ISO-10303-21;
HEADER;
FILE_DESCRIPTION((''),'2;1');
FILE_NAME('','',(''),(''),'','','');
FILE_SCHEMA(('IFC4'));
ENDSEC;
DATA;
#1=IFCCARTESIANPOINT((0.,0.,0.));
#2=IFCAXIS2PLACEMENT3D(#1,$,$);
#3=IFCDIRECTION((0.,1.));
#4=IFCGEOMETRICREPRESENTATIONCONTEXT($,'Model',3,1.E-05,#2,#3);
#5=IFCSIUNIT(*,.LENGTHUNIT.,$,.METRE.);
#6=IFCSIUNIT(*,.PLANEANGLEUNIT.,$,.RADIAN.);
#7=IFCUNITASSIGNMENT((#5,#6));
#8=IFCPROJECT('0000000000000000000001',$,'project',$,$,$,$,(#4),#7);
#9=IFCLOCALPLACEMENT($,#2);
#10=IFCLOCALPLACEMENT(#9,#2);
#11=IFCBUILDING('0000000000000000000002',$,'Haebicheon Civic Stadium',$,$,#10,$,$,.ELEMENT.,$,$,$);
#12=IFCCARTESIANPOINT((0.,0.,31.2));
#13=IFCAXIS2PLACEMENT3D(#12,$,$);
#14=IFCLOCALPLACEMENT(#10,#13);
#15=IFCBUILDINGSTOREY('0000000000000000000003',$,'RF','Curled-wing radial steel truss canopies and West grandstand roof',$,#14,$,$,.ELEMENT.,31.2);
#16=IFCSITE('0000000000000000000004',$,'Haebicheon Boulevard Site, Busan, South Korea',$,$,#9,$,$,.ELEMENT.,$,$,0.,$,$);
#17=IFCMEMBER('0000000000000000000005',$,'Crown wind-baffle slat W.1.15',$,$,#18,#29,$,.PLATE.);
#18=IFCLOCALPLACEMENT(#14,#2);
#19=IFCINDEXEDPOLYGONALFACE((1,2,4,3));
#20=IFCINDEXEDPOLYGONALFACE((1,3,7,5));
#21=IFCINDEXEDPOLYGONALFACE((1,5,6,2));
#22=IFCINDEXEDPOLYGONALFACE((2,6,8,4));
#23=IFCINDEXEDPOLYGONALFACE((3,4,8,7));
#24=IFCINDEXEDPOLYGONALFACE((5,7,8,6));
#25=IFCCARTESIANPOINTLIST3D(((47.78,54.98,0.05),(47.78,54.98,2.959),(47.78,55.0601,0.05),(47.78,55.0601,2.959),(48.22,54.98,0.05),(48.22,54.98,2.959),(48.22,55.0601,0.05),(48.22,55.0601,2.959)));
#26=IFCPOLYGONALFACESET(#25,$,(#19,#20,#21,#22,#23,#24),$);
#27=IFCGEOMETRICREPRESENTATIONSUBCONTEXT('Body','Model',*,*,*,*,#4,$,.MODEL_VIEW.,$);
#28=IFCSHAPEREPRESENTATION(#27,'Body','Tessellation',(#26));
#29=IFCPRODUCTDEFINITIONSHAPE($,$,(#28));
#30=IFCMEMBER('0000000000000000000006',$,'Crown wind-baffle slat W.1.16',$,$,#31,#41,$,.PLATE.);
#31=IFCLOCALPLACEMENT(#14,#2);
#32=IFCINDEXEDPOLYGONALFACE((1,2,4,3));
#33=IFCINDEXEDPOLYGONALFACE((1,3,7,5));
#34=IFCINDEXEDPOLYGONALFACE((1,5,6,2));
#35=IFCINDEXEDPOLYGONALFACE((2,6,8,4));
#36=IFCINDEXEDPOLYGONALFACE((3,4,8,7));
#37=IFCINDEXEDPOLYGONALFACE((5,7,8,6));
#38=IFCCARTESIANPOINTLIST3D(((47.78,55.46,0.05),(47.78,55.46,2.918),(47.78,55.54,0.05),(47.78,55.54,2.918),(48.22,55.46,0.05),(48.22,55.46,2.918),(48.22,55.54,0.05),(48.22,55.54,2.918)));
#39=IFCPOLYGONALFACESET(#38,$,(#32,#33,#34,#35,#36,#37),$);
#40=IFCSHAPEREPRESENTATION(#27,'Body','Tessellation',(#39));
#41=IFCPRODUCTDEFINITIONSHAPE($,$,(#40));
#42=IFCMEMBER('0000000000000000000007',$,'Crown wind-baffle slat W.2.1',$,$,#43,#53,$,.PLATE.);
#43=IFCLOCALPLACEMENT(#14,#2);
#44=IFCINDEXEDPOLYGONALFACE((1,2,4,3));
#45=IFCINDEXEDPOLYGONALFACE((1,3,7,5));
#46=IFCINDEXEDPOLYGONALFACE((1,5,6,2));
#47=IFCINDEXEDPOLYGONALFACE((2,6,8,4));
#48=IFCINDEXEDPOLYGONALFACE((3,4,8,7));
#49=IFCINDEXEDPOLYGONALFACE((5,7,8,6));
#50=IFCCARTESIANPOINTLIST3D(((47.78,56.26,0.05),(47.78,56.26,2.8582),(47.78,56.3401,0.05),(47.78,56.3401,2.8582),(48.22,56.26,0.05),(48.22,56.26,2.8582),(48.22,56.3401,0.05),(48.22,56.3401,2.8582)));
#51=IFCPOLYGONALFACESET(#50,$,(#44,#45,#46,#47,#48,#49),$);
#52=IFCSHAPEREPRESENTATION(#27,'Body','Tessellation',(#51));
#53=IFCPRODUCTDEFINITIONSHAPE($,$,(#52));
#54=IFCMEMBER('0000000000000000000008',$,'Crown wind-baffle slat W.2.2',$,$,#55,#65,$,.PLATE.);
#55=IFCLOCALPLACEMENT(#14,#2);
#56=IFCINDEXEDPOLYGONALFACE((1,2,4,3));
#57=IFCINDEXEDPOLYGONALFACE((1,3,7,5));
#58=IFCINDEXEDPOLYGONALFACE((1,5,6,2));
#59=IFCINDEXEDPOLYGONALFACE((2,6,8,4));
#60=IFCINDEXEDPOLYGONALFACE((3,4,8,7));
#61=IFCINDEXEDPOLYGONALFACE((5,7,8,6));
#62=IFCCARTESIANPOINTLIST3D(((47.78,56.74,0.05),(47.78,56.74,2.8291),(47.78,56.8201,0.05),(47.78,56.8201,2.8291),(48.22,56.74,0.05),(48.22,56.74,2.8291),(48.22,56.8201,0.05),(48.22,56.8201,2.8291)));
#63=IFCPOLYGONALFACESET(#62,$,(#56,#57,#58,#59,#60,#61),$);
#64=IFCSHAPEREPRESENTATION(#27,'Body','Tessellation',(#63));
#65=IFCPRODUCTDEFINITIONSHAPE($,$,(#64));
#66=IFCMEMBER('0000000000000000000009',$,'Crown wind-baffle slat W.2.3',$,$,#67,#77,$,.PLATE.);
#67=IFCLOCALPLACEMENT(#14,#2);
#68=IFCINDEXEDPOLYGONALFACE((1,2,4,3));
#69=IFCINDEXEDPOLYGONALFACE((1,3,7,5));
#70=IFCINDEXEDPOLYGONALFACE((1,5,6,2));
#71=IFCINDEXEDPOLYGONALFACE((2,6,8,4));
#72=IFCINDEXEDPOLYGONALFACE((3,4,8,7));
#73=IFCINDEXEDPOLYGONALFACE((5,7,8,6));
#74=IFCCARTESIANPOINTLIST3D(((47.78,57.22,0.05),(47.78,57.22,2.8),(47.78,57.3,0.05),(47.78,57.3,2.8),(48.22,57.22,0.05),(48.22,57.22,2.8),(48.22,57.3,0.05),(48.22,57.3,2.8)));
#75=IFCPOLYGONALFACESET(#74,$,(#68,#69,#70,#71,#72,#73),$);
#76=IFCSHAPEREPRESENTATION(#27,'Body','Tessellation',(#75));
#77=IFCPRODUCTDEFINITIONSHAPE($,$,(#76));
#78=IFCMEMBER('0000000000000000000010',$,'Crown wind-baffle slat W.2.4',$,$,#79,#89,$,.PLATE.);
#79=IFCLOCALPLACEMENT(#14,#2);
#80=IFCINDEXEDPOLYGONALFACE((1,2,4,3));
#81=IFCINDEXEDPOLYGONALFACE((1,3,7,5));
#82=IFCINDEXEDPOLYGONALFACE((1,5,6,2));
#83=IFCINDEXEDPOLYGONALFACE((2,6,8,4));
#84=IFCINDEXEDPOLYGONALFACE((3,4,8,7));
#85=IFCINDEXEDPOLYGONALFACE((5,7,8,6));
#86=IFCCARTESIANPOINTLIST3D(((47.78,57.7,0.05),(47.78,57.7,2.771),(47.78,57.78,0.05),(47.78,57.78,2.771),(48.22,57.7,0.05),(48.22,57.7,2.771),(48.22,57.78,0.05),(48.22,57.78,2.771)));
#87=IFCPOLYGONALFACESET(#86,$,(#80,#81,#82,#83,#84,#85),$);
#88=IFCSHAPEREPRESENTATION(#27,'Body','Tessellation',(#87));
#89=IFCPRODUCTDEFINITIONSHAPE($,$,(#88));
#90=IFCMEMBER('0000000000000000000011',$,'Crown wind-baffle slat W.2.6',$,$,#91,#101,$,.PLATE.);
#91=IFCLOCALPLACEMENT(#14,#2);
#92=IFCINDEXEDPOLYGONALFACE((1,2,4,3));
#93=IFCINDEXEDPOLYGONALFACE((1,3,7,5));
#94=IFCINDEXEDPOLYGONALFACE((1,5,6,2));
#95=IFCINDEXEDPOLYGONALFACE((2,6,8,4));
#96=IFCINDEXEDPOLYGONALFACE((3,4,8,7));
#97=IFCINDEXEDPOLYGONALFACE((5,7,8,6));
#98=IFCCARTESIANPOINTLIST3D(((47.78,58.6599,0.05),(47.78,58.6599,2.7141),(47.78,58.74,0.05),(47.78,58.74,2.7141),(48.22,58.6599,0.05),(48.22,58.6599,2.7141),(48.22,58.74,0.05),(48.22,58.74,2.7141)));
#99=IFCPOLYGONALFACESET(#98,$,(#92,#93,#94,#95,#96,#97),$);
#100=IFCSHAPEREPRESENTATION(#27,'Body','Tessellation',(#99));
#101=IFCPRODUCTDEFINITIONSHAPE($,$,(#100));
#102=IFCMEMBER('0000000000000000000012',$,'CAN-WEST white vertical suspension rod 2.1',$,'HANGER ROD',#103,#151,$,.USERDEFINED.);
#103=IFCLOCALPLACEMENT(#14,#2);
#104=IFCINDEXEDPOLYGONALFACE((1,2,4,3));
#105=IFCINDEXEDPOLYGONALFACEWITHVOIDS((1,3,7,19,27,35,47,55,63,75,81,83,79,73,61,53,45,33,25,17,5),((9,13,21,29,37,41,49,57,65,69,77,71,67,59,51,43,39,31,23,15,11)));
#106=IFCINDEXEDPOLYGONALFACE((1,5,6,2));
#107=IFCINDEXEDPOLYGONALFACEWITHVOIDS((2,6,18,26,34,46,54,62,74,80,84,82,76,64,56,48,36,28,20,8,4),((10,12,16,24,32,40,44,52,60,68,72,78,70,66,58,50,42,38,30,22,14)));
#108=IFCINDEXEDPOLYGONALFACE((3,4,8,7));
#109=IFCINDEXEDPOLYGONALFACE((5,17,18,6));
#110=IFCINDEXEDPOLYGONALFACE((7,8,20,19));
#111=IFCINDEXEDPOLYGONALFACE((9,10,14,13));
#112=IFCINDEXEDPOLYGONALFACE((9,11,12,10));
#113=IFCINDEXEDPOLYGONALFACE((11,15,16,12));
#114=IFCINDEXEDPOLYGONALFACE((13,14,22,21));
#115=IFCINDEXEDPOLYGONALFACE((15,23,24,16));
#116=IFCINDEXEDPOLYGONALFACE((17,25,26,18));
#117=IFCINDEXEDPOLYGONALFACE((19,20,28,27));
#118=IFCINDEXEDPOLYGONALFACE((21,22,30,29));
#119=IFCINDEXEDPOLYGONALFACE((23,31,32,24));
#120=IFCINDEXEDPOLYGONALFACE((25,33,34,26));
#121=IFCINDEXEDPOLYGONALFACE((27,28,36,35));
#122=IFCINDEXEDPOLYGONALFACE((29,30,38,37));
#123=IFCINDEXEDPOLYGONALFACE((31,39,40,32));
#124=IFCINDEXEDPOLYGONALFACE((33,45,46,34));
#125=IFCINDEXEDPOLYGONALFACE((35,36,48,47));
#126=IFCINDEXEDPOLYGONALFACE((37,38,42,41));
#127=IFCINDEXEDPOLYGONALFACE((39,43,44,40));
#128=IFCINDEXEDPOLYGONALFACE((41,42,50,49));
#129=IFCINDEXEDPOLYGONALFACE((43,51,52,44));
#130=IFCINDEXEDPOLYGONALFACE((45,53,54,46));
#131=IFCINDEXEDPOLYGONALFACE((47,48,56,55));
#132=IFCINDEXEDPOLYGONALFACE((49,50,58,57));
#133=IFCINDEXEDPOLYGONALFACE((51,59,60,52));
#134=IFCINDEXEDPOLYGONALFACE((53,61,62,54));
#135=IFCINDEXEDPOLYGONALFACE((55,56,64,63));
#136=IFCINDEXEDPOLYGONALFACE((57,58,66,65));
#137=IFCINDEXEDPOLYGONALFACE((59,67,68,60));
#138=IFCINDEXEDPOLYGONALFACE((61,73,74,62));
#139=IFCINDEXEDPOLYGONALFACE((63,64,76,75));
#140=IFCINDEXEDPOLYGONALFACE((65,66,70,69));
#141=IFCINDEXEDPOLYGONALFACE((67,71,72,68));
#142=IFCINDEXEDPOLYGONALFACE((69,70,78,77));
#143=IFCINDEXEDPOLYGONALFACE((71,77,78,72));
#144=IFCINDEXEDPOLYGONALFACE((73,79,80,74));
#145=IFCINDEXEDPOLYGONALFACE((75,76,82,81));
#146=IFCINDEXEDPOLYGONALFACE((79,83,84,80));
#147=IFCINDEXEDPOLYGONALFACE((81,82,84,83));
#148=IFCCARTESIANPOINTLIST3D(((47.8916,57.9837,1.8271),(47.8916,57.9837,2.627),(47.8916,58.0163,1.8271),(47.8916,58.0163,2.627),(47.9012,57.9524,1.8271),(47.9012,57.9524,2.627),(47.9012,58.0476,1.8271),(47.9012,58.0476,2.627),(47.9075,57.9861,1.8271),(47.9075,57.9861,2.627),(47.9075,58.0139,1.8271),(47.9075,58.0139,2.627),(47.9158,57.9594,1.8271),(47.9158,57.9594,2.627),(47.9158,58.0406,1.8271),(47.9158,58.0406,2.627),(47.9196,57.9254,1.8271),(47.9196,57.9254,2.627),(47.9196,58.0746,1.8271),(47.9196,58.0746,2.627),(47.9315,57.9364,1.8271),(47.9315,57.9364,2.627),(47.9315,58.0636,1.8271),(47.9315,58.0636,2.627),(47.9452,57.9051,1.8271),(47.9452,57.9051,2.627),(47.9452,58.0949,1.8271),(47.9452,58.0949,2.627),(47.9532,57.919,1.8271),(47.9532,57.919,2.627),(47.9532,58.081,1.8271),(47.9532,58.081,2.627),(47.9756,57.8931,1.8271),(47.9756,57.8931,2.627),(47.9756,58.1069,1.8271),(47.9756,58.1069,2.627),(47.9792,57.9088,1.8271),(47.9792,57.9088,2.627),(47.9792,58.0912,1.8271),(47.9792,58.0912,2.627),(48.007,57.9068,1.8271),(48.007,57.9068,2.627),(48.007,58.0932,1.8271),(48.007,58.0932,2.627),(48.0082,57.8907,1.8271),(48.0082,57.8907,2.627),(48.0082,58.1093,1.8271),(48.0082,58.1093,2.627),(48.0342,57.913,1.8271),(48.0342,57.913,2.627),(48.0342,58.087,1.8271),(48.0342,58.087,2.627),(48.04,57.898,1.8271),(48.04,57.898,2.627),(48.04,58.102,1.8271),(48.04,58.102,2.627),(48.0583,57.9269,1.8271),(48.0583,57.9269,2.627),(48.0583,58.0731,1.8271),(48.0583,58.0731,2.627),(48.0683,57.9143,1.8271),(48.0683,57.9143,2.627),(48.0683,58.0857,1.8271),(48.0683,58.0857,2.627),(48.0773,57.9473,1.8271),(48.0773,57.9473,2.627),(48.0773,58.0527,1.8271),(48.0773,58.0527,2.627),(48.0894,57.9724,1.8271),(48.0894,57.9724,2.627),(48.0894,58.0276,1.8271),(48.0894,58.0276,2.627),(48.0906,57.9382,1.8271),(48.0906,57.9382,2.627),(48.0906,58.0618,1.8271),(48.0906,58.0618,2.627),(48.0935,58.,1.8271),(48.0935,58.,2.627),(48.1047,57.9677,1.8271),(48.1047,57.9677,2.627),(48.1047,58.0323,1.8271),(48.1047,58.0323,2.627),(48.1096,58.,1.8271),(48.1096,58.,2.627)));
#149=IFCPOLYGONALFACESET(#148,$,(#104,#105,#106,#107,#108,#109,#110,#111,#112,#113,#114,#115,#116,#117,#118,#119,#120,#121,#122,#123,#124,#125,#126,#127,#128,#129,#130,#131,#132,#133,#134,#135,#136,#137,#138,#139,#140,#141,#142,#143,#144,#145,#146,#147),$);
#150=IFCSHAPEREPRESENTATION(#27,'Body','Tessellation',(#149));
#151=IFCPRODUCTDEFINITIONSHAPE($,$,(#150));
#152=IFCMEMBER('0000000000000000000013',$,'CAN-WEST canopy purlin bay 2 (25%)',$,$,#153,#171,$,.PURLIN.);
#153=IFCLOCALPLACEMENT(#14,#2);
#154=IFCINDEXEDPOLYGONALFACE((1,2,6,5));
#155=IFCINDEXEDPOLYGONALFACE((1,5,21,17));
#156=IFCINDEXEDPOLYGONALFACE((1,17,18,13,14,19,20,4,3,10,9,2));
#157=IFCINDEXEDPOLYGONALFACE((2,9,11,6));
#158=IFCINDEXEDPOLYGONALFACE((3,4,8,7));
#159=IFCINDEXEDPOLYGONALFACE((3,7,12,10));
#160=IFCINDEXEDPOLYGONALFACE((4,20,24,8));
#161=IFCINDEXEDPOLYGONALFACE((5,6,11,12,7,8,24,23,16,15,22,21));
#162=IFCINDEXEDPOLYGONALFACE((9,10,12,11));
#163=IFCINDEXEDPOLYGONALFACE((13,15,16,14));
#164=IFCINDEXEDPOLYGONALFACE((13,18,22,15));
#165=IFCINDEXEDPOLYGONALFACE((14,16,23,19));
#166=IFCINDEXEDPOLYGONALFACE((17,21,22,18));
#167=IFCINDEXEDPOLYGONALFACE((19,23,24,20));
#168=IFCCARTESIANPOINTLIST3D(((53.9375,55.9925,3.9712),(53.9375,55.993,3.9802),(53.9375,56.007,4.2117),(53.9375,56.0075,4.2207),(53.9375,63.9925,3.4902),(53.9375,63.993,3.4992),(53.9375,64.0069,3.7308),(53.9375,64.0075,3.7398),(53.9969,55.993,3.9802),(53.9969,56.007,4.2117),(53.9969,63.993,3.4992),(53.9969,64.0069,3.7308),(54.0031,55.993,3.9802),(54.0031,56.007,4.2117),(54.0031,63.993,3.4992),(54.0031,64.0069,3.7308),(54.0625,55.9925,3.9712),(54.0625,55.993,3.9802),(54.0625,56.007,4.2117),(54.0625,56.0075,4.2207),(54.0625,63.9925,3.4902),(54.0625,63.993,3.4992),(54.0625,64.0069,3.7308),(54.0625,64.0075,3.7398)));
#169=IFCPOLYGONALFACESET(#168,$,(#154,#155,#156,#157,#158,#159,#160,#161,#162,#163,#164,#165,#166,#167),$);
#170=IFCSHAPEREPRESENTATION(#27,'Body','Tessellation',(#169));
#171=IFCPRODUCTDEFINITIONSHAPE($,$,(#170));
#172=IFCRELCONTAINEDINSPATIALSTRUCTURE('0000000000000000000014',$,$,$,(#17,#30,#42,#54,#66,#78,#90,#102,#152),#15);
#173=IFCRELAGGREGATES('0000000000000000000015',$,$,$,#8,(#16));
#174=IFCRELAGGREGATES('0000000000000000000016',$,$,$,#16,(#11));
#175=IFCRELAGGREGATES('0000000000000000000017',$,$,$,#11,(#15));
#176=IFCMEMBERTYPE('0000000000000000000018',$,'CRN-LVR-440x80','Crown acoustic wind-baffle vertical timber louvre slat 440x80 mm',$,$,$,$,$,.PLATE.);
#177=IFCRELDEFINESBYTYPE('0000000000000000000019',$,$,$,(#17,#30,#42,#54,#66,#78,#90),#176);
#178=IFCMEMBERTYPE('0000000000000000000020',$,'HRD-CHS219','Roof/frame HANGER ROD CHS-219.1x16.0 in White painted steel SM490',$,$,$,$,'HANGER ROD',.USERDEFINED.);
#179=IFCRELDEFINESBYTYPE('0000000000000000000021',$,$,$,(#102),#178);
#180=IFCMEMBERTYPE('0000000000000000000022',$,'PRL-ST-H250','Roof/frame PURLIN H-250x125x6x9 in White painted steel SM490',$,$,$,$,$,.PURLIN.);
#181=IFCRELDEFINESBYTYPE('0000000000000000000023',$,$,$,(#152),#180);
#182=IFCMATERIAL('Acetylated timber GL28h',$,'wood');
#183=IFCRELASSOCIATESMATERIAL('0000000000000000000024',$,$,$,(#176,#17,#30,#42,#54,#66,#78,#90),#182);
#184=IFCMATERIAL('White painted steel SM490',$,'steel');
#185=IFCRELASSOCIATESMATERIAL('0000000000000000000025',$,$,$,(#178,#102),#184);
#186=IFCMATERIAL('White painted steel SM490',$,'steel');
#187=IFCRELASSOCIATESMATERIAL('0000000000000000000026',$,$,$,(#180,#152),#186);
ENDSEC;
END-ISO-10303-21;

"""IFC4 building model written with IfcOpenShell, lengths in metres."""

from ifc_helpers import new_model, si_unit, direction, frame, origin, origin_2d, place, context, subcontext, project, spatial, rectangle, hollow_circle, i_section, extrude, material, material_profile, profile_set, type_object, element, save


model = new_model("IFC4")

# Units and contexts
model_context = context("Model", 3, precision=1e-05, world=origin(), true_north=direction((0.0, 1.0)))
body_context = subcontext(model_context, "Body", "Model", "MODEL_VIEW")
ifc_project = project(units=[si_unit("LENGTHUNIT", "METRE"), si_unit("PLANEANGLEUNIT", "RADIAN")], contexts=[model_context])

# Site, building, storey
site_placement = place(None, origin())
site = spatial("IfcSite", under=ifc_project, at=site_placement, Name="Haebicheon Boulevard Site, Busan, South Korea", CompositionType="ELEMENT", RefElevation=0.0)
building_placement = place(site_placement, origin())
building = spatial("IfcBuilding", under=site, at=building_placement, Name="Haebicheon Civic Stadium", CompositionType="ELEMENT")
storey_placement = place(building_placement, frame((0.0, 0.0, 31.2)))
storey = spatial("IfcBuildingStorey", under=building, at=storey_placement, Name="RF", Description="Curled-wing radial steel truss canopies and West grandstand roof", CompositionType="ELEMENT", Elevation=31.2)

# Members
ifc_material_1 = material(Name="Acetylated timber GL28h", Category="wood")
ifc_material_profile_1 = material_profile(ifc_material_1, rectangle(XDim=0.0801, YDim=0.4399, at=origin_2d()), Name="TMB-LOUV-80x440")
ifc_profile_set_1 = profile_set([ifc_material_profile_1], Name="Acetylated timber GL28h")
member_type_1 = type_object("IfcMemberType", Name="CRN-LVR-440x80", Description="Crown acoustic wind-baffle vertical timber louvre slat 440x80 mm", PredefinedType="PLATE", material=ifc_profile_set_1)
member_1_placement = place(storey_placement, frame((48.0, 55.02, 0.05), z_axis=(0.0, 0.0, 1.0), x_axis=(0.0, 1.0, 0.0)))
element("IfcMember", 1, at=member_1_placement, inside=storey, type_object=member_type_1, material=ifc_profile_set_1, Name="Crown wind-baffle slat W.1.15", PredefinedType="PLATE", context=body_context, shape_type="SweptSolid", body=[
    extrude(rectangle(XDim=0.0801, YDim=0.4399, at=origin_2d()), origin(), (0.0, 0.0, 1.0), 2.9089),
])
member_2_placement = place(storey_placement, frame((48.0, 55.5, 0.05), z_axis=(0.0, 0.0, 1.0), x_axis=(0.0, 1.0, 0.0)))
element("IfcMember", 2, at=member_2_placement, inside=storey, type_object=member_type_1, material=ifc_profile_set_1, Name="Crown wind-baffle slat W.1.16", PredefinedType="PLATE", context=body_context, shape_type="SweptSolid", body=[
    extrude(rectangle(XDim=0.0801, YDim=0.4399, at=origin_2d()), origin(), (0.0, 0.0, 1.0), 2.8679),
])
member_3_placement = place(storey_placement, frame((48.0, 56.3, 0.05), z_axis=(0.0, 0.0, 1.0), x_axis=(0.0, 1.0, 0.0)))
element("IfcMember", 3, at=member_3_placement, inside=storey, type_object=member_type_1, material=ifc_profile_set_1, Name="Crown wind-baffle slat W.2.1", PredefinedType="PLATE", context=body_context, shape_type="SweptSolid", body=[
    extrude(rectangle(XDim=0.0801, YDim=0.4399, at=origin_2d()), origin(), (0.0, 0.0, 1.0), 2.8081),
])
member_4_placement = place(storey_placement, frame((48.0, 56.78, 0.05), z_axis=(0.0, 0.0, 1.0), x_axis=(0.0, 1.0, 0.0)))
element("IfcMember", 4, at=member_4_placement, inside=storey, type_object=member_type_1, material=ifc_profile_set_1, Name="Crown wind-baffle slat W.2.2", PredefinedType="PLATE", context=body_context, shape_type="SweptSolid", body=[
    extrude(rectangle(XDim=0.0801, YDim=0.4399, at=origin_2d()), origin(), (0.0, 0.0, 1.0), 2.7791),
])
member_5_placement = place(storey_placement, frame((48.0, 57.26, 0.05), z_axis=(0.0, 0.0, 1.0), x_axis=(0.0, 1.0, 0.0)))
element("IfcMember", 5, at=member_5_placement, inside=storey, type_object=member_type_1, material=ifc_profile_set_1, Name="Crown wind-baffle slat W.2.3", PredefinedType="PLATE", context=body_context, shape_type="SweptSolid", body=[
    extrude(rectangle(XDim=0.0801, YDim=0.4399, at=origin_2d()), origin(), (0.0, 0.0, 1.0), 2.75),
])
member_6_placement = place(storey_placement, frame((48.0, 57.74, 0.05), z_axis=(0.0, 0.0, 1.0), x_axis=(0.0, 1.0, 0.0)))
element("IfcMember", 6, at=member_6_placement, inside=storey, type_object=member_type_1, material=ifc_profile_set_1, Name="Crown wind-baffle slat W.2.4", PredefinedType="PLATE", context=body_context, shape_type="SweptSolid", body=[
    extrude(rectangle(XDim=0.0801, YDim=0.4399, at=origin_2d()), origin(), (0.0, 0.0, 1.0), 2.7209),
])
member_7_placement = place(storey_placement, frame((48.0, 58.7, 0.05), z_axis=(0.0, 0.0, 1.0), x_axis=(0.0, 1.0, 0.0)))
element("IfcMember", 7, at=member_7_placement, inside=storey, type_object=member_type_1, material=ifc_profile_set_1, Name="Crown wind-baffle slat W.2.6", PredefinedType="PLATE", context=body_context, shape_type="SweptSolid", body=[
    extrude(rectangle(XDim=0.0801, YDim=0.4399, at=origin_2d()), origin(), (0.0, 0.0, 1.0), 2.6641),
])
ifc_material_2 = material(Name="White painted steel SM490", Category="steel")
ifc_material_profile_2 = material_profile(ifc_material_2, hollow_circle(Radius=0.1096, WallThickness=0.0161, at=origin_2d()), Name="CHS-219.1x16.0")
ifc_profile_set_2 = profile_set([ifc_material_profile_2], Name="White painted steel SM490")
member_type_2 = type_object("IfcMemberType", Name="HRD-CHS219", Description="Roof/frame HANGER ROD CHS-219.1x16.0 in White painted steel SM490", ElementType="HANGER ROD", PredefinedType="USERDEFINED", material=ifc_profile_set_2)
member_8_placement = place(storey_placement, frame((48.0, 58.0, 1.8271), z_axis=(0.0, 0.0, 1.0), x_axis=(1.0, 0.0, 0.0)))
element("IfcMember", 8, at=member_8_placement, inside=storey, type_object=member_type_2, material=ifc_profile_set_2, Name="CAN-WEST white vertical suspension rod 2.1", ObjectType="HANGER ROD", PredefinedType="USERDEFINED", context=body_context, shape_type="SweptSolid", body=[
    extrude(hollow_circle(Radius=0.1096, WallThickness=0.0161, at=origin_2d()), origin(), (0.0, 0.0, 1.0), 0.7998),
])
ifc_material_3 = material(Name="White painted steel SM490", Category="steel")
ifc_material_profile_3 = material_profile(ifc_material_3, i_section(OverallWidth=0.125, OverallDepth=0.25, WebThickness=0.0061, FlangeThickness=0.009, at=origin_2d()), Name="H-250x125x6x9")
ifc_profile_set_3 = profile_set([ifc_material_profile_3], Name="White painted steel SM490")
member_type_3 = type_object("IfcMemberType", Name="PRL-ST-H250", Description="Roof/frame PURLIN H-250x125x6x9 in White painted steel SM490", PredefinedType="PURLIN", material=ifc_profile_set_3)
member_9_placement = place(storey_placement, frame((54.0, 56.0, 4.0959), z_axis=(0.0, 0.998198, -0.060011), x_axis=(-1.0, 0.0, 0.0)))
element("IfcMember", 9, at=member_9_placement, inside=storey, type_object=member_type_3, material=ifc_profile_set_3, Name="CAN-WEST canopy purlin bay 2 (25%)", PredefinedType="PURLIN", context=body_context, shape_type="SweptSolid", body=[
    extrude(i_section(OverallWidth=0.125, OverallDepth=0.25, WebThickness=0.0061, FlangeThickness=0.009, at=origin_2d()), origin(), (0.0, 0.0, 1.0), 8.0144),
])

save(model, "model.ifc")
